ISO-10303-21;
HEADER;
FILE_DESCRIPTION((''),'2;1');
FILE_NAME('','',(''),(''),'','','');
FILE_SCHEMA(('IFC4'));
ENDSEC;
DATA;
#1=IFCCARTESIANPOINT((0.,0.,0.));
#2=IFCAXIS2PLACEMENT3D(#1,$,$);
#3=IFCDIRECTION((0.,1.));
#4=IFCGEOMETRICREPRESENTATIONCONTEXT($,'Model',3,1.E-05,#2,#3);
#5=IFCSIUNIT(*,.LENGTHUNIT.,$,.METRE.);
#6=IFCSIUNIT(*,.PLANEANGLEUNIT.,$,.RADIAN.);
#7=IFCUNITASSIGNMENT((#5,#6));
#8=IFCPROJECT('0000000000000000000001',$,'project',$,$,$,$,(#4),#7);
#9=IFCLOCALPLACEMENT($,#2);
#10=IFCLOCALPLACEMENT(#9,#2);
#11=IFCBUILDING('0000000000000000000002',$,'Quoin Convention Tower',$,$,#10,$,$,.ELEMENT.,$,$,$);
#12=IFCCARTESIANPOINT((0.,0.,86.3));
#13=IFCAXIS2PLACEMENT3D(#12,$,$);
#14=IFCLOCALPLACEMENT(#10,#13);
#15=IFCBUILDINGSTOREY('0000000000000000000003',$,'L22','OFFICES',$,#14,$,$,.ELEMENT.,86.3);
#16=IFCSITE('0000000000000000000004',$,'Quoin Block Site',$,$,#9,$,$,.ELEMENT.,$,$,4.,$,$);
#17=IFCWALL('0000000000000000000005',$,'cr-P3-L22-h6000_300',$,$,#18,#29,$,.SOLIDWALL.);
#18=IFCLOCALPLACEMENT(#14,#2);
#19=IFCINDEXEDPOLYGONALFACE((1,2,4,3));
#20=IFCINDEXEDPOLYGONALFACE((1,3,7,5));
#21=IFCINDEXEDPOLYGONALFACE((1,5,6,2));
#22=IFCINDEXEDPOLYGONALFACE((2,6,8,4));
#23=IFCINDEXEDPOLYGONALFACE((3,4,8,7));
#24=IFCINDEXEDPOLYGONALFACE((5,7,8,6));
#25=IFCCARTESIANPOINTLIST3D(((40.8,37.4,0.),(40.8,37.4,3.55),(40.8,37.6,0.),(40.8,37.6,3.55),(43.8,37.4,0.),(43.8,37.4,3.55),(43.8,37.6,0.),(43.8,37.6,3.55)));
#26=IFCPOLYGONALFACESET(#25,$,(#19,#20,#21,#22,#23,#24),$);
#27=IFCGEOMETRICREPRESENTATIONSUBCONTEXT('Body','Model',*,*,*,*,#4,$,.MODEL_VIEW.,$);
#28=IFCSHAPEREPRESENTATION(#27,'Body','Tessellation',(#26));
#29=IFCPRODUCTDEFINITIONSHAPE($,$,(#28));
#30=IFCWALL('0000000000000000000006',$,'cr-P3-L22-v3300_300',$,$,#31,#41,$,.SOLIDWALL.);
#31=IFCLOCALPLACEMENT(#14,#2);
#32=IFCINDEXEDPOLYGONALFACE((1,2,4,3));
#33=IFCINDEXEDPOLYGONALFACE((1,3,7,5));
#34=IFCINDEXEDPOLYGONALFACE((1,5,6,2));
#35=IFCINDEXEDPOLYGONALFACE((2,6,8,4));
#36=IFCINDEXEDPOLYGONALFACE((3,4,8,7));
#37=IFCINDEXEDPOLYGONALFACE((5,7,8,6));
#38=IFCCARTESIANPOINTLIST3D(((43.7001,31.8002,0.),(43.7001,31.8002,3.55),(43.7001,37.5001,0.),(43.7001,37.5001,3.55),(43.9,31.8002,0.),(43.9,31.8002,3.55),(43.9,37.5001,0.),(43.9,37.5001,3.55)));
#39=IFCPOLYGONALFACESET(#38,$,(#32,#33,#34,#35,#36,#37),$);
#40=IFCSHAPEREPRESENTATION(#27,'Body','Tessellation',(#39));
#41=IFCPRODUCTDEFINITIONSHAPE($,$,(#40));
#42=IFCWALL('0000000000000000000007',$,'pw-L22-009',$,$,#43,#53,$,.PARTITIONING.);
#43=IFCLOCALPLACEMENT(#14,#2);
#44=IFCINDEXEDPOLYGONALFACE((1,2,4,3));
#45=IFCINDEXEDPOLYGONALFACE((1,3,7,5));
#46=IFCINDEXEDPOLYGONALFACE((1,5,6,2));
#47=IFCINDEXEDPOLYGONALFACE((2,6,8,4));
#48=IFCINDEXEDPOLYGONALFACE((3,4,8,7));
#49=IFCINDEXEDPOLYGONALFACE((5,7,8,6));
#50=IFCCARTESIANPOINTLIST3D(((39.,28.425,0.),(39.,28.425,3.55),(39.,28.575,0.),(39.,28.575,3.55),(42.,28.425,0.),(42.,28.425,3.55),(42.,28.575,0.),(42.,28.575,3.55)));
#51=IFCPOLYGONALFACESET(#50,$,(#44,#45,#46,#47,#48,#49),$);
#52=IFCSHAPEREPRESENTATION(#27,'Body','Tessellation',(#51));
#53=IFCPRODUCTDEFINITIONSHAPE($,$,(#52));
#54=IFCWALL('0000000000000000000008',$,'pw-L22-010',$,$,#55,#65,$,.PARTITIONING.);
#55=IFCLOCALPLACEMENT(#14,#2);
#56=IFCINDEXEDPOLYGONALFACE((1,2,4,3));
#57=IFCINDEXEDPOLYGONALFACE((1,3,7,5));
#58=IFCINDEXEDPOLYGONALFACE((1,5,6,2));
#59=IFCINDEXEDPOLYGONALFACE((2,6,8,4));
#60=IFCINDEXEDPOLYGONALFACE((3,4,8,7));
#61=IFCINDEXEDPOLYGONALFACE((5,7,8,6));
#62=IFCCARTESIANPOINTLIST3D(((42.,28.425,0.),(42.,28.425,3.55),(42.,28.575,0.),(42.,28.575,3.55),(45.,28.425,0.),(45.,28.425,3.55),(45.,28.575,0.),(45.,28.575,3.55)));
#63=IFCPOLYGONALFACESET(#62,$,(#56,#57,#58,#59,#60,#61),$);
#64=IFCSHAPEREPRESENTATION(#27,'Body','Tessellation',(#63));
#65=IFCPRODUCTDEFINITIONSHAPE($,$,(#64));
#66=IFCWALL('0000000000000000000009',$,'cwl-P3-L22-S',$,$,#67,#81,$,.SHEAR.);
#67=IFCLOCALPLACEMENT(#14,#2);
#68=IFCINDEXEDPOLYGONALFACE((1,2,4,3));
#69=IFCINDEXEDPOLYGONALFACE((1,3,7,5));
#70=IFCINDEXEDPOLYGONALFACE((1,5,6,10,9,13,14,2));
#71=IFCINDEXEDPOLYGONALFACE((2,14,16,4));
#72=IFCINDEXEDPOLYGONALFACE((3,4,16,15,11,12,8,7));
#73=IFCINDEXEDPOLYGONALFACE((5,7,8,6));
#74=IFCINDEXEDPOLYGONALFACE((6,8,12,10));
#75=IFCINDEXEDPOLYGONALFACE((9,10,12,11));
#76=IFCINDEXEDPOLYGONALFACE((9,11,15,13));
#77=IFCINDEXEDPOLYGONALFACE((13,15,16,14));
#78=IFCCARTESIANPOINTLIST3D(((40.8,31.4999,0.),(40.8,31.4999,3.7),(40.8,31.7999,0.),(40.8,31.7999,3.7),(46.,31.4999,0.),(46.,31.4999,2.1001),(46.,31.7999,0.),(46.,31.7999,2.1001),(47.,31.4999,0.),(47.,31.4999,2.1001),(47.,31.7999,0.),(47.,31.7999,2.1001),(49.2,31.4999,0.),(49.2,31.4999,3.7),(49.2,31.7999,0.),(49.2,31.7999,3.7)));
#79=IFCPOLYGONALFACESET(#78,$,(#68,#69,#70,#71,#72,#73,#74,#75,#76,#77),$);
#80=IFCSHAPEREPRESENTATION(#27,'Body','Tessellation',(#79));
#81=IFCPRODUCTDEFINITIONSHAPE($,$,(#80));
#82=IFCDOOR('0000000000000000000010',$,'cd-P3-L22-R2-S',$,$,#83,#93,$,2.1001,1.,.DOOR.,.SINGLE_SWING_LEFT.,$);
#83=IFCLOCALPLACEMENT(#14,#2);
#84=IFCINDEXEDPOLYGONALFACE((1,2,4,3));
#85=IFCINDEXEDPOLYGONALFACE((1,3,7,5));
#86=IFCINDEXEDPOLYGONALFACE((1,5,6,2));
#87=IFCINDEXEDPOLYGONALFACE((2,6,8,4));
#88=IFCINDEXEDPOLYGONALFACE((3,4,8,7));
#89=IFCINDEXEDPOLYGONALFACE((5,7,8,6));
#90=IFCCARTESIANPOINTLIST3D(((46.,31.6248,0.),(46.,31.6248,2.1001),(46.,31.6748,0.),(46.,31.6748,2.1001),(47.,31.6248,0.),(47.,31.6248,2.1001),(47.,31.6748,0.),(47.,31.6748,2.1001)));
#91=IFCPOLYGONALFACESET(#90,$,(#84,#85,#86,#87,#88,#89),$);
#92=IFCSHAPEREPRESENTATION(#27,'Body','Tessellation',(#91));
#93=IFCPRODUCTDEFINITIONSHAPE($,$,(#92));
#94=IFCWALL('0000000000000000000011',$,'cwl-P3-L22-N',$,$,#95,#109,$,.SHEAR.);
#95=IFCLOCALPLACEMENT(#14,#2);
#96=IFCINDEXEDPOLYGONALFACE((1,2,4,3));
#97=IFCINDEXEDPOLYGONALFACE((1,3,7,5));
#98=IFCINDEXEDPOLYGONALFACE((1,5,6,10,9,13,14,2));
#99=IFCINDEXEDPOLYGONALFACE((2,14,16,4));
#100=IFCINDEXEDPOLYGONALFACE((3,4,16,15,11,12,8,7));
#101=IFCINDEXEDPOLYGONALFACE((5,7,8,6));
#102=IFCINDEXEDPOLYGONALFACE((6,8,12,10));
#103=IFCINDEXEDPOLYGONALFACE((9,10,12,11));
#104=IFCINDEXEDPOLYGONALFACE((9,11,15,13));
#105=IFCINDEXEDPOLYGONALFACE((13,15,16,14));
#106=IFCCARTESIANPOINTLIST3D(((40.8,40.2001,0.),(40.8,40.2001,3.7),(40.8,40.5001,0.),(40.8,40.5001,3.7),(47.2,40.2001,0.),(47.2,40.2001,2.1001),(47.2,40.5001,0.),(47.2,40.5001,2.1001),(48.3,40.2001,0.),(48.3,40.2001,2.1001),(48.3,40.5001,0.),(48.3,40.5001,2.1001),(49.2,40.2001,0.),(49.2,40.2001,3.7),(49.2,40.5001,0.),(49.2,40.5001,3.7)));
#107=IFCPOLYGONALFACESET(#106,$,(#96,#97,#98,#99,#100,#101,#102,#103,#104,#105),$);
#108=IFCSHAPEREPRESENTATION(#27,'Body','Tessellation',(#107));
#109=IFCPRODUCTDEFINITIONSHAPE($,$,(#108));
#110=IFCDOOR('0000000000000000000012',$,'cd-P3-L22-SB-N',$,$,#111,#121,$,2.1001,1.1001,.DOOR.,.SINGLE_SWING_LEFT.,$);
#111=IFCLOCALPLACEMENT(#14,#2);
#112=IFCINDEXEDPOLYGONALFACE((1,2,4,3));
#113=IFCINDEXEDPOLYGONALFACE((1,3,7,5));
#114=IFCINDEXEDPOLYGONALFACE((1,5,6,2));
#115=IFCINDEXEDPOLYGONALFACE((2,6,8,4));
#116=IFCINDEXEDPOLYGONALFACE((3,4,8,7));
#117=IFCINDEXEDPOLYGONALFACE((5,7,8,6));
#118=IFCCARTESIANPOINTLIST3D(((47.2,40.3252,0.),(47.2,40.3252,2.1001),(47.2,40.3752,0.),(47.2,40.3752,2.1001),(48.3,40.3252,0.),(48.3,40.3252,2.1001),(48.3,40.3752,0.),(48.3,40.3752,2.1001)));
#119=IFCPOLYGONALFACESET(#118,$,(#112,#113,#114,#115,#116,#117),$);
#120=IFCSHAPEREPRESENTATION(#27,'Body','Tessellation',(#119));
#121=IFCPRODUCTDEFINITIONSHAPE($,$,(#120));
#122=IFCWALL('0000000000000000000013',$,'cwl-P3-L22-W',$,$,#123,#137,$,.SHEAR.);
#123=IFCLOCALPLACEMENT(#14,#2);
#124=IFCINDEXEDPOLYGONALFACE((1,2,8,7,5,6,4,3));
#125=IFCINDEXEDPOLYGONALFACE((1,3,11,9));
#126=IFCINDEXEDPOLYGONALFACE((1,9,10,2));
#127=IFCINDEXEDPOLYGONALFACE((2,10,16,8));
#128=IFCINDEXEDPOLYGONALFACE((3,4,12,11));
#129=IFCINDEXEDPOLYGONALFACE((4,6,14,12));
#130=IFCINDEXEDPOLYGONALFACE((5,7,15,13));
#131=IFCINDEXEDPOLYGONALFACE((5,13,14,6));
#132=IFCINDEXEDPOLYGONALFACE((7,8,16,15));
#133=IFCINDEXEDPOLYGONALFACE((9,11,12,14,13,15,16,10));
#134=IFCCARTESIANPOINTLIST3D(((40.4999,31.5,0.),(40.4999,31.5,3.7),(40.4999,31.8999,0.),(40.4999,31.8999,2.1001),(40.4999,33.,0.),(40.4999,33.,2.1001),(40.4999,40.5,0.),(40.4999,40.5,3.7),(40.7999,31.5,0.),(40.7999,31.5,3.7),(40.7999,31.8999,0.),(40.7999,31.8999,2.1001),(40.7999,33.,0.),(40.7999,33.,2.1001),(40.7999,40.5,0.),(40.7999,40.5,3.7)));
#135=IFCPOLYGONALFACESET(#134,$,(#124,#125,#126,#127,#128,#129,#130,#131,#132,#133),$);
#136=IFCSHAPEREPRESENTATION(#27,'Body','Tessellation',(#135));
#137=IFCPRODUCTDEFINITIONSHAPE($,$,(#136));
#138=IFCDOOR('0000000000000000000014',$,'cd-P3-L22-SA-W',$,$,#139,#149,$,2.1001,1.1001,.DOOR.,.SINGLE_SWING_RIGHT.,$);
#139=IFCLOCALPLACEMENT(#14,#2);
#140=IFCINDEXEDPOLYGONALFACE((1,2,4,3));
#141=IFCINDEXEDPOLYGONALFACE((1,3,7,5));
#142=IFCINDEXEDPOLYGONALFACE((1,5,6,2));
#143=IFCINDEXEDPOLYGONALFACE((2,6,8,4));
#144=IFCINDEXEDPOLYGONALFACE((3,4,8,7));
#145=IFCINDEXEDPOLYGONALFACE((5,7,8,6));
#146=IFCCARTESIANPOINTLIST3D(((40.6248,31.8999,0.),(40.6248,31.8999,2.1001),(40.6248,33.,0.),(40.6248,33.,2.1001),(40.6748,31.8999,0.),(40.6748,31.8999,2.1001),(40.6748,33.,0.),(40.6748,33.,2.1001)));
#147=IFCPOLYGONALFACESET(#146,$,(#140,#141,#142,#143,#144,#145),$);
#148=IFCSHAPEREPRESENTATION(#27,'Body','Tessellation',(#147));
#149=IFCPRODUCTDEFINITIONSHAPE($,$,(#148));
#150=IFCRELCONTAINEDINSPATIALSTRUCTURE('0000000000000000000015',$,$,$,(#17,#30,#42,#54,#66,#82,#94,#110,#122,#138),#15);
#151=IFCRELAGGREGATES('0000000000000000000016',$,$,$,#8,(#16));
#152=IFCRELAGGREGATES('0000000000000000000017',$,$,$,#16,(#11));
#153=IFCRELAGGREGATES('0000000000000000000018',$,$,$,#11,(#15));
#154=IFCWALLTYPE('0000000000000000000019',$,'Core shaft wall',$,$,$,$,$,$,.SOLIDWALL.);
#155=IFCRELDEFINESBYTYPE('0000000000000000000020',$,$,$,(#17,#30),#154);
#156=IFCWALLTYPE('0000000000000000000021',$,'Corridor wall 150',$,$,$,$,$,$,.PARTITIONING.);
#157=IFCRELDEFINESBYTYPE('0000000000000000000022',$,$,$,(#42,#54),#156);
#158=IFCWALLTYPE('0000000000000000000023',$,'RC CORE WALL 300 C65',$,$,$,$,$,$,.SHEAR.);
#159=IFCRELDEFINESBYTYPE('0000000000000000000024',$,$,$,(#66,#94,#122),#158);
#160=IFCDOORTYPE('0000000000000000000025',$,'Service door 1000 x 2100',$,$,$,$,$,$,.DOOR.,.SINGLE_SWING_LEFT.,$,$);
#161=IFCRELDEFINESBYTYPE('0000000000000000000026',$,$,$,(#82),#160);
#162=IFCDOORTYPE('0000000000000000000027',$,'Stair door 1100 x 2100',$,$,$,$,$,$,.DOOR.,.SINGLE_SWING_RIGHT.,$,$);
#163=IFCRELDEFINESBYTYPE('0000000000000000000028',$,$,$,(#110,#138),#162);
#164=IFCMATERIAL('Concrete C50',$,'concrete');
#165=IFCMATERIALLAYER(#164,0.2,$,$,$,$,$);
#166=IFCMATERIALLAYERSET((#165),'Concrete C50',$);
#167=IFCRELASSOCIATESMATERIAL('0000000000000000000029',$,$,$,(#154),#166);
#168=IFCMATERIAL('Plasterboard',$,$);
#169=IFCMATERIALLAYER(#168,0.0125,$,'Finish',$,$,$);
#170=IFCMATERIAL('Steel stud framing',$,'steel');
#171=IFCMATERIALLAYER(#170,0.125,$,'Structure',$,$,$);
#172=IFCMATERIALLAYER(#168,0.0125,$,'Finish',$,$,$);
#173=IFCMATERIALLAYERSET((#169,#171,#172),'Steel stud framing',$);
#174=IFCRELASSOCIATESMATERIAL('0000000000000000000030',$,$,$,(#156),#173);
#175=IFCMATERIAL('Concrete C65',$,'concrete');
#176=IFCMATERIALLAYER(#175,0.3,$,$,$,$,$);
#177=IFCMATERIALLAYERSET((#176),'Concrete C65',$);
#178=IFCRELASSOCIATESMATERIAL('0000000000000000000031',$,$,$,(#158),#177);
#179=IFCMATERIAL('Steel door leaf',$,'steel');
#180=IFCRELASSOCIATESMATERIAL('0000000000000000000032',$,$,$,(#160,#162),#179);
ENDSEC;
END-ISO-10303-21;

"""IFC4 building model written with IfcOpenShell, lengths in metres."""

from ifc_helpers import new_model, si_unit, direction, frame, frame_2d, origin, place, context, subcontext, project, spatial, rectangle, extrude, material, layer, layer_set, type_object, element, fill, save


model = new_model("IFC4")

# Units and contexts
model_context = context("Model", 3, precision=1e-05, world=origin(), true_north=direction((0.0, 1.0)))
body_context = subcontext(model_context, "Body", "Model", "MODEL_VIEW")
ifc_project = project(units=[si_unit("LENGTHUNIT", "METRE"), si_unit("PLANEANGLEUNIT", "RADIAN")], contexts=[model_context])

# Site, building, storey
site_placement = place(None, origin())
site = spatial("IfcSite", under=ifc_project, at=site_placement, Name="Quoin Block Site", CompositionType="ELEMENT", RefElevation=4.0)
building_placement = place(site_placement, origin())
building = spatial("IfcBuilding", under=site, at=building_placement, Name="Quoin Convention Tower", CompositionType="ELEMENT")
storey_placement = place(building_placement, frame((0.0, 0.0, 86.3)))
storey = spatial("IfcBuildingStorey", under=building, at=storey_placement, Name="L22", Description="OFFICES", CompositionType="ELEMENT", Elevation=86.3)

# Shared definitions
ifc_material_1 = material(Name="Concrete C65", Category="concrete")

# Walls
ifc_material_2 = material(Name="Concrete C50", Category="concrete")
ifc_layer_1 = layer(ifc_material_2, 0.2)
ifc_layer_set_1 = layer_set([ifc_layer_1], Name="Concrete C50")
wall_type_1 = type_object("IfcWallType", Name="Core shaft wall", PredefinedType="SOLIDWALL", material=ifc_layer_set_1)
wall_1_placement = place(storey_placement, frame((40.8, 37.5, 0.0), z_axis=(0.0, 0.0, 1.0), x_axis=(1.0, 0.0, 0.0)))
element("IfcWall", 1, at=wall_1_placement, inside=storey, type_object=wall_type_1, Name="cr-P3-L22-h6000_300", PredefinedType="SOLIDWALL", context=body_context, shape_type="SweptSolid", body=[
    extrude(rectangle(XDim=3.0, YDim=0.2, at=frame_2d((1.5, 0.0))), origin(), (0.0, 0.0, 1.0), 3.55),
])
wall_2_placement = place(storey_placement, frame((43.8, 31.8, 0.0), z_axis=(0.0, 0.0, 1.0), x_axis=(0.0, 1.0, 0.0)))
element("IfcWall", 2, at=wall_2_placement, inside=storey, type_object=wall_type_1, Name="cr-P3-L22-v3300_300", PredefinedType="SOLIDWALL", context=body_context, shape_type="SweptSolid", body=[
    extrude(rectangle(XDim=5.7, YDim=0.2, at=frame_2d((2.8501, 0.0))), origin(), (0.0, 0.0, 1.0), 3.55),
])
ifc_material_3 = material(Name="Plasterboard")
ifc_layer_2 = layer(ifc_material_3, 0.0125, Name="Finish")
ifc_material_4 = material(Name="Steel stud framing", Category="steel")
ifc_layer_3 = layer(ifc_material_4, 0.125, Name="Structure")
ifc_layer_4 = layer(ifc_material_3, 0.0125, Name="Finish")
ifc_layer_set_2 = layer_set([ifc_layer_2, ifc_layer_3, ifc_layer_4], Name="Steel stud framing")
wall_type_2 = type_object("IfcWallType", Name="Corridor wall 150", PredefinedType="PARTITIONING", material=ifc_layer_set_2)
for number, where, z_axis, x_axis, name in (
    (3, (39.0, 28.5, 0.0), (0.0, 0.0, 1.0), (1.0, 0.0, 0.0), "pw-L22-009"),
    (4, (42.0, 28.5, 0.0), (0.0, 0.0, 1.0), (1.0, 0.0, 0.0), "pw-L22-010"),
):
    element("IfcWall", number, at=place(storey_placement, frame(where, z_axis=z_axis, x_axis=x_axis)), inside=storey, type_object=wall_type_2, Name=name, PredefinedType="PARTITIONING", context=body_context, shape_type="SweptSolid", body=[
        extrude(rectangle(XDim=3.0, YDim=0.1499, at=frame_2d((1.5, 0.0))), origin(), (0.0, 0.0, 1.0), 3.55),
    ])

# Walls, openings, doors
ifc_layer_5 = layer(ifc_material_1, 0.3)
ifc_layer_set_3 = layer_set([ifc_layer_5], Name="Concrete C65")
wall_type_3 = type_object("IfcWallType", Name="RC CORE WALL 300 C65", PredefinedType="SHEAR", material=ifc_layer_set_3)
wall_3_placement = place(storey_placement, frame((40.8, 31.6499, 0.0), z_axis=(0.0, 0.0, 1.0), x_axis=(1.0, 0.0, 0.0)))
wall_3 = element("IfcWall", 5, at=wall_3_placement, inside=storey, type_object=wall_type_3, Name="cwl-P3-L22-S", PredefinedType="SHEAR", context=body_context, shape_type="SweptSolid", body=[
    extrude(rectangle(XDim=8.3999, YDim=0.3, at=frame_2d((4.2, 0.0))), origin(), (0.0, 0.0, 1.0), 3.7),
])
opening_1_placement = place(wall_3_placement, frame((5.2, 0.0, 0.0)))
opening_1 = element("IfcOpeningElement", 6, at=opening_1_placement, cuts=wall_3, PredefinedType="OPENING", context=body_context, shape_type="SweptSolid", body=[
    extrude(rectangle(XDim=1.0, YDim=2.1001, at=frame_2d((0.5, 1.05))), frame((0.0, 0.1599, 0.0), z_axis=(0.0, -1.0, 0.0), x_axis=(1.0, 0.0, 0.0)), (0.0, 0.0, 1.0), 0.3201),
])
ifc_material_5 = material(Name="Steel door leaf", Category="steel")
door_type_1 = type_object("IfcDoorType", Name="Service door 1000 x 2100", OperationType="SINGLE_SWING_LEFT", PredefinedType="DOOR", material=ifc_material_5)
door_1_placement = place(opening_1_placement, origin())
door_1 = element("IfcDoor", 7, at=door_1_placement, inside=storey, type_object=door_type_1, Name="cd-P3-L22-R2-S", OperationType="SINGLE_SWING_LEFT", OverallHeight=2.1001, OverallWidth=1.0, PredefinedType="DOOR", context=body_context, shape_type="SweptSolid", body=[
    extrude(rectangle(XDim=1.0, YDim=2.1001, at=frame_2d((0.5, 1.05))), frame((0.0, 0.0249, 0.0), z_axis=(0.0, -1.0, 0.0), x_axis=(1.0, 0.0, 0.0)), (0.0, 0.0, 1.0), 0.05),
])
fill(opening_1, door_1)
wall_4_placement = place(storey_placement, frame((40.8, 40.3501, 0.0), z_axis=(0.0, 0.0, 1.0), x_axis=(1.0, 0.0, 0.0)))
wall_4 = element("IfcWall", 8, at=wall_4_placement, inside=storey, type_object=wall_type_3, Name="cwl-P3-L22-N", PredefinedType="SHEAR", context=body_context, shape_type="SweptSolid", body=[
    extrude(rectangle(XDim=8.3999, YDim=0.3, at=frame_2d((4.2, 0.0))), origin(), (0.0, 0.0, 1.0), 3.7),
])
opening_2_placement = place(wall_4_placement, frame((6.3999, 0.0, 0.0)))
opening_2 = element("IfcOpeningElement", 9, at=opening_2_placement, cuts=wall_4, PredefinedType="OPENING", context=body_context, shape_type="SweptSolid", body=[
    extrude(rectangle(XDim=1.1001, YDim=2.1001, at=frame_2d((0.55, 1.05))), frame((0.0, 0.1599, 0.0), z_axis=(0.0, -1.0, 0.0), x_axis=(1.0, 0.0, 0.0)), (0.0, 0.0, 1.0), 0.3201),
])
door_type_2 = type_object("IfcDoorType", Name="Stair door 1100 x 2100", OperationType="SINGLE_SWING_RIGHT", PredefinedType="DOOR", material=ifc_material_5)
door_2_placement = place(opening_2_placement, frame((1.1001, 0.0, 0.0), z_axis=(0.0, 0.0, 1.0), x_axis=(-1.0, 0.0, 0.0)))
door_2 = element("IfcDoor", 10, at=door_2_placement, inside=storey, type_object=door_type_2, Name="cd-P3-L22-SB-N", OperationType="SINGLE_SWING_LEFT", OverallHeight=2.1001, OverallWidth=1.1001, PredefinedType="DOOR", context=body_context, shape_type="SweptSolid", body=[
    extrude(rectangle(XDim=1.1001, YDim=2.1001, at=frame_2d((0.55, 1.05))), frame((0.0, 0.0249, 0.0), z_axis=(0.0, -1.0, 0.0), x_axis=(1.0, 0.0, 0.0)), (0.0, 0.0, 1.0), 0.05),
])
fill(opening_2, door_2)
wall_5_placement = place(storey_placement, frame((40.6499, 31.5, 0.0), z_axis=(0.0, 0.0, 1.0), x_axis=(0.0, 1.0, 0.0)))
wall_5 = element("IfcWall", 11, at=wall_5_placement, inside=storey, type_object=wall_type_3, Name="cwl-P3-L22-W", PredefinedType="SHEAR", context=body_context, shape_type="SweptSolid", body=[
    extrude(rectangle(XDim=9.0, YDim=0.3, at=frame_2d((4.5, 0.0))), origin(), (0.0, 0.0, 1.0), 3.7),
])
opening_3_placement = place(wall_5_placement, frame((0.3999, 0.0, 0.0)))
opening_3 = element("IfcOpeningElement", 12, at=opening_3_placement, cuts=wall_5, PredefinedType="OPENING", context=body_context, shape_type="SweptSolid", body=[
    extrude(rectangle(XDim=1.1001, YDim=2.1001, at=frame_2d((0.55, 1.05))), frame((0.0, 0.1599, 0.0), z_axis=(0.0, -1.0, 0.0), x_axis=(1.0, 0.0, 0.0)), (0.0, 0.0, 1.0), 0.3201),
])
door_3_placement = place(opening_3_placement, frame((1.1001, 0.0, 0.0), z_axis=(0.0, 0.0, 1.0), x_axis=(-1.0, 0.0, 0.0)))
door_3 = element("IfcDoor", 13, at=door_3_placement, inside=storey, type_object=door_type_2, Name="cd-P3-L22-SA-W", OperationType="SINGLE_SWING_RIGHT", OverallHeight=2.1001, OverallWidth=1.1001, PredefinedType="DOOR", context=body_context, shape_type="SweptSolid", body=[
    extrude(rectangle(XDim=1.1001, YDim=2.1001, at=frame_2d((0.55, 1.05))), frame((0.0, 0.0249, 0.0), z_axis=(0.0, -1.0, 0.0), x_axis=(1.0, 0.0, 0.0)), (0.0, 0.0, 1.0), 0.05),
])
fill(opening_3, door_3)

save(model, "model.ifc")
